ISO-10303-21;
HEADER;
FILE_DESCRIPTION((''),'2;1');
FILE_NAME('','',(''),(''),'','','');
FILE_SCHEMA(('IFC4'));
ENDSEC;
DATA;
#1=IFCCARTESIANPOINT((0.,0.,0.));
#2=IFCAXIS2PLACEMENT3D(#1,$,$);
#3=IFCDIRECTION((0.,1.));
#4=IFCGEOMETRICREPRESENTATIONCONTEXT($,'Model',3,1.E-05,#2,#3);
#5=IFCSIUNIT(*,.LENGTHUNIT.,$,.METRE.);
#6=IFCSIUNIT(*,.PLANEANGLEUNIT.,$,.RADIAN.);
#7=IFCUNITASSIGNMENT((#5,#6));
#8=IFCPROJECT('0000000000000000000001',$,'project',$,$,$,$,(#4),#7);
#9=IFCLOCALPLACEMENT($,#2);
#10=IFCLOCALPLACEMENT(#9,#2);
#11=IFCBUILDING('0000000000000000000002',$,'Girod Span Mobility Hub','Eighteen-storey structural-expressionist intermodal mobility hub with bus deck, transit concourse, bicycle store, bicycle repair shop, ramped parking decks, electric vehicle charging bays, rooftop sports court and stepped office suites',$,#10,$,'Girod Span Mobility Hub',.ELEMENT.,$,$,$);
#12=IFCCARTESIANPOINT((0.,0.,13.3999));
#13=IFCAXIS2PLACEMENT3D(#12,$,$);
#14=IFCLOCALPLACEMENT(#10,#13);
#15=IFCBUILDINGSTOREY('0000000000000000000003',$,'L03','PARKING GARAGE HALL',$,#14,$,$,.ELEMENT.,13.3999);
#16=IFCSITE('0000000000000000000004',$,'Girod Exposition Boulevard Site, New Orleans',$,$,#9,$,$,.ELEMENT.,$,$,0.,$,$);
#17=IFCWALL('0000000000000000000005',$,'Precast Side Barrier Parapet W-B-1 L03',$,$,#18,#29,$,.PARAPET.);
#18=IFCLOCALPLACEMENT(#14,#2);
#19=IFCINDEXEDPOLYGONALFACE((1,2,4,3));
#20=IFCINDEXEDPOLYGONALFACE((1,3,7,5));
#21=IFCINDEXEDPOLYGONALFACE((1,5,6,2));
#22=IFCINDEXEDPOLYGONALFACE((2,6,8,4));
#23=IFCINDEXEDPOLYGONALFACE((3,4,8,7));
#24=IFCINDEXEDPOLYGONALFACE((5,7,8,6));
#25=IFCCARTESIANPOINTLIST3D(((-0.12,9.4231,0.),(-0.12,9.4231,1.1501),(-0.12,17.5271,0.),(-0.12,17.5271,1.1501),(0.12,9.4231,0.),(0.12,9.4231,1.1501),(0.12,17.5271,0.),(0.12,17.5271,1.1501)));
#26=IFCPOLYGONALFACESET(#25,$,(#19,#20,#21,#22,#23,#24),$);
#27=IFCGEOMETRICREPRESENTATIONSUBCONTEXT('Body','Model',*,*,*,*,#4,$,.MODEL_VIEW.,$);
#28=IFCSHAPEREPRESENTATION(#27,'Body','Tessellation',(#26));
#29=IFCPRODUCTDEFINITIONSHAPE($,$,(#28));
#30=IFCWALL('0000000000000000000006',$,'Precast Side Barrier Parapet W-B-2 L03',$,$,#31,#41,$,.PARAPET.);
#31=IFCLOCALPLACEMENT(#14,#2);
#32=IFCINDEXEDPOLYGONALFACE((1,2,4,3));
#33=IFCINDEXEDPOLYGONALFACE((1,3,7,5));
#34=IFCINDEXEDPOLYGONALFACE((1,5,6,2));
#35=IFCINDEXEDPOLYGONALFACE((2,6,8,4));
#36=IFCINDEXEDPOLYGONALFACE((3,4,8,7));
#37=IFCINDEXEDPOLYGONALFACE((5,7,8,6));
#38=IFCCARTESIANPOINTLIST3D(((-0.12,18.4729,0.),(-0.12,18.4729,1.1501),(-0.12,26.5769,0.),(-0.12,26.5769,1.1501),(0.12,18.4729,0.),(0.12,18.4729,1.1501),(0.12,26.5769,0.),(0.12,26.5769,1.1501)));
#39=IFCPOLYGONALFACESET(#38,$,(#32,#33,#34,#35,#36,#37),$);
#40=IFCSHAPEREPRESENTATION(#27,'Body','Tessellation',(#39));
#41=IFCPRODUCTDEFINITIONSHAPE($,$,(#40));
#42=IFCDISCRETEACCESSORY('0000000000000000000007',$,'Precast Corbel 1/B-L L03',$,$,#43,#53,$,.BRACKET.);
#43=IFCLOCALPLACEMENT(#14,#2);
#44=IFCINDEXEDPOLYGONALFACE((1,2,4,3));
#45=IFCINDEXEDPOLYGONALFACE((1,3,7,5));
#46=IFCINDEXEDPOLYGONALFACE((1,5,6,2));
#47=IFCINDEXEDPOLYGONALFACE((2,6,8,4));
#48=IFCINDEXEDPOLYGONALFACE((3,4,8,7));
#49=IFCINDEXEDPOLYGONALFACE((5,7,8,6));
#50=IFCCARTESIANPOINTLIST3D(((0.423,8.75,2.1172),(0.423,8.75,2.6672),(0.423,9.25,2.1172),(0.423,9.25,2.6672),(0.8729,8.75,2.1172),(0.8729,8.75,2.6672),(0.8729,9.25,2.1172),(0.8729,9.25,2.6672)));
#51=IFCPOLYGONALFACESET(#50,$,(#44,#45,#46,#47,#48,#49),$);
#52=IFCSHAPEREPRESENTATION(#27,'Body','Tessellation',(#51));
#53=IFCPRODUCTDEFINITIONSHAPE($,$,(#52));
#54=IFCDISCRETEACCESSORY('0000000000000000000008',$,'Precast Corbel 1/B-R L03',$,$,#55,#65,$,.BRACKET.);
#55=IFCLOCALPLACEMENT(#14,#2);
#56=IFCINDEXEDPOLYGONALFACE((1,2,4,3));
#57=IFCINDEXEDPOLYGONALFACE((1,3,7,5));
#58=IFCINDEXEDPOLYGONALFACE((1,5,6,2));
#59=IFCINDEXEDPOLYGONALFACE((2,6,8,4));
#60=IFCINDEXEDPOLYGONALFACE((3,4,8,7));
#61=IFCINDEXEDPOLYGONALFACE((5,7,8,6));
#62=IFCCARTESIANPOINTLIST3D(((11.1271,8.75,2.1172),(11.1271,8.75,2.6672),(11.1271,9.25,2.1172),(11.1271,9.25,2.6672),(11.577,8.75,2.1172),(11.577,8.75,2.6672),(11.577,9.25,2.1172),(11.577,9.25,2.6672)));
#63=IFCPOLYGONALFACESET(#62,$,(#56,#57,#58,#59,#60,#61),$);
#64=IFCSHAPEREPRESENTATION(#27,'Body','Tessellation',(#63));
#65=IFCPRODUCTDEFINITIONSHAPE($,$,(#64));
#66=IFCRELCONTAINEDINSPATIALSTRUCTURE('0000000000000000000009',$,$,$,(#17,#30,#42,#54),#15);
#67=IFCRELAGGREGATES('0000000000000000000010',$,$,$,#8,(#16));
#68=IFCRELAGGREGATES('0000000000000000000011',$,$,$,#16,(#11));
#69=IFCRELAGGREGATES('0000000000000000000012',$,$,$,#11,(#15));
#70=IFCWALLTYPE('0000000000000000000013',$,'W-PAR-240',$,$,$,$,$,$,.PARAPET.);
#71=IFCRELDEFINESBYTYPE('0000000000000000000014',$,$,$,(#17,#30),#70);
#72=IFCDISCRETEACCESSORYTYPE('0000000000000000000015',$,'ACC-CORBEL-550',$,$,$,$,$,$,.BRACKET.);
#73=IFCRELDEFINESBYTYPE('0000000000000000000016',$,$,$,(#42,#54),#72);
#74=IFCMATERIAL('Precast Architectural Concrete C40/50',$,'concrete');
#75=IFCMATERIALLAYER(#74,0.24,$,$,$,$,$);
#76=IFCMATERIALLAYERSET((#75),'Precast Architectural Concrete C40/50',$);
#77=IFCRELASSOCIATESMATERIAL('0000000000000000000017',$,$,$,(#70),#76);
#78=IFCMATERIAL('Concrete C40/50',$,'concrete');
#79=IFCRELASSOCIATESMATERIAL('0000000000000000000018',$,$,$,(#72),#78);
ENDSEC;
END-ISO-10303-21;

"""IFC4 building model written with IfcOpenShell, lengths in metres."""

from ifc_helpers import new_model, si_unit, direction, frame, frame_2d, origin, origin_2d, place, context, subcontext, project, spatial, rectangle, extrude, material, layer, layer_set, type_object, element, save


model = new_model("IFC4")

# Units and contexts
model_context = context("Model", 3, precision=1e-05, world=origin(), true_north=direction((0.0, 1.0)))
body_context = subcontext(model_context, "Body", "Model", "MODEL_VIEW")
ifc_project = project(units=[si_unit("LENGTHUNIT", "METRE"), si_unit("PLANEANGLEUNIT", "RADIAN")], contexts=[model_context])

# Site, building, storey
site_placement = place(None, origin())
site = spatial("IfcSite", under=ifc_project, at=site_placement, Name="Girod Exposition Boulevard Site, New Orleans", CompositionType="ELEMENT", RefElevation=0.0)
building_placement = place(site_placement, origin())
building = spatial("IfcBuilding", under=site, at=building_placement, Name="Girod Span Mobility Hub", Description="Eighteen-storey structural-expressionist intermodal mobility hub with bus deck, transit concourse, bicycle store, bicycle repair shop, ramped parking decks, electric vehicle charging bays, rooftop sports court and stepped office suites", LongName="Girod Span Mobility Hub", CompositionType="ELEMENT")
storey_placement = place(building_placement, frame((0.0, 0.0, 13.3999)))
storey = spatial("IfcBuildingStorey", under=building, at=storey_placement, Name="L03", Description="PARKING GARAGE HALL", CompositionType="ELEMENT", Elevation=13.3999)

# Walls
ifc_material_1 = material(Name="Precast Architectural Concrete C40/50", Category="concrete")
ifc_layer_1 = layer(ifc_material_1, 0.24)
ifc_layer_set_1 = layer_set([ifc_layer_1], Name="Precast Architectural Concrete C40/50")
wall_type = type_object("IfcWallType", Name="W-PAR-240", PredefinedType="PARAPET", material=ifc_layer_set_1)
for number, where, z_axis, x_axis, name in (
    (1, (0.0, 9.4231, 0.0), (0.0, 0.0, 1.0), (0.0, 1.0, 0.0), "Precast Side Barrier Parapet W-B-1 L03"),
    (2, (0.0, 18.4729, 0.0), (0.0, 0.0, 1.0), (0.0, 1.0, 0.0), "Precast Side Barrier Parapet W-B-2 L03"),
):
    element("IfcWall", number, at=place(storey_placement, frame(where, z_axis=z_axis, x_axis=x_axis)), inside=storey, type_object=wall_type, Name=name, PredefinedType="PARAPET", context=body_context, shape_type="SweptSolid", body=[
        extrude(rectangle(XDim=8.104, YDim=0.24, at=frame_2d((4.052, 0.0))), origin(), (0.0, 0.0, 1.0), 1.1501),
    ])

# Discrete accessories
ifc_material_2 = material(Name="Concrete C40/50", Category="concrete")
discrete_accessory_type = type_object("IfcDiscreteAccessoryType", Name="ACC-CORBEL-550", PredefinedType="BRACKET", material=ifc_material_2)
for number, where, z_axis, x_axis, name in (
    (3, (0.6479, 9.0, 2.1172), (0.0, 0.0, 1.0), (1.0, 0.0, 0.0), "Precast Corbel 1/B-L L03"),
    (4, (11.3521, 9.0, 2.1172), (0.0, 0.0, 1.0), (1.0, 0.0, 0.0), "Precast Corbel 1/B-R L03"),
):
    element("IfcDiscreteAccessory", number, at=place(storey_placement, frame(where, z_axis=z_axis, x_axis=x_axis)), inside=storey, type_object=discrete_accessory_type, Name=name, PredefinedType="BRACKET", context=body_context, shape_type="SweptSolid", body=[
        extrude(rectangle(XDim=0.45, YDim=0.5, at=origin_2d()), origin(), (0.0, 0.0, 1.0), 0.55),
    ])

save(model, "model.ifc")
